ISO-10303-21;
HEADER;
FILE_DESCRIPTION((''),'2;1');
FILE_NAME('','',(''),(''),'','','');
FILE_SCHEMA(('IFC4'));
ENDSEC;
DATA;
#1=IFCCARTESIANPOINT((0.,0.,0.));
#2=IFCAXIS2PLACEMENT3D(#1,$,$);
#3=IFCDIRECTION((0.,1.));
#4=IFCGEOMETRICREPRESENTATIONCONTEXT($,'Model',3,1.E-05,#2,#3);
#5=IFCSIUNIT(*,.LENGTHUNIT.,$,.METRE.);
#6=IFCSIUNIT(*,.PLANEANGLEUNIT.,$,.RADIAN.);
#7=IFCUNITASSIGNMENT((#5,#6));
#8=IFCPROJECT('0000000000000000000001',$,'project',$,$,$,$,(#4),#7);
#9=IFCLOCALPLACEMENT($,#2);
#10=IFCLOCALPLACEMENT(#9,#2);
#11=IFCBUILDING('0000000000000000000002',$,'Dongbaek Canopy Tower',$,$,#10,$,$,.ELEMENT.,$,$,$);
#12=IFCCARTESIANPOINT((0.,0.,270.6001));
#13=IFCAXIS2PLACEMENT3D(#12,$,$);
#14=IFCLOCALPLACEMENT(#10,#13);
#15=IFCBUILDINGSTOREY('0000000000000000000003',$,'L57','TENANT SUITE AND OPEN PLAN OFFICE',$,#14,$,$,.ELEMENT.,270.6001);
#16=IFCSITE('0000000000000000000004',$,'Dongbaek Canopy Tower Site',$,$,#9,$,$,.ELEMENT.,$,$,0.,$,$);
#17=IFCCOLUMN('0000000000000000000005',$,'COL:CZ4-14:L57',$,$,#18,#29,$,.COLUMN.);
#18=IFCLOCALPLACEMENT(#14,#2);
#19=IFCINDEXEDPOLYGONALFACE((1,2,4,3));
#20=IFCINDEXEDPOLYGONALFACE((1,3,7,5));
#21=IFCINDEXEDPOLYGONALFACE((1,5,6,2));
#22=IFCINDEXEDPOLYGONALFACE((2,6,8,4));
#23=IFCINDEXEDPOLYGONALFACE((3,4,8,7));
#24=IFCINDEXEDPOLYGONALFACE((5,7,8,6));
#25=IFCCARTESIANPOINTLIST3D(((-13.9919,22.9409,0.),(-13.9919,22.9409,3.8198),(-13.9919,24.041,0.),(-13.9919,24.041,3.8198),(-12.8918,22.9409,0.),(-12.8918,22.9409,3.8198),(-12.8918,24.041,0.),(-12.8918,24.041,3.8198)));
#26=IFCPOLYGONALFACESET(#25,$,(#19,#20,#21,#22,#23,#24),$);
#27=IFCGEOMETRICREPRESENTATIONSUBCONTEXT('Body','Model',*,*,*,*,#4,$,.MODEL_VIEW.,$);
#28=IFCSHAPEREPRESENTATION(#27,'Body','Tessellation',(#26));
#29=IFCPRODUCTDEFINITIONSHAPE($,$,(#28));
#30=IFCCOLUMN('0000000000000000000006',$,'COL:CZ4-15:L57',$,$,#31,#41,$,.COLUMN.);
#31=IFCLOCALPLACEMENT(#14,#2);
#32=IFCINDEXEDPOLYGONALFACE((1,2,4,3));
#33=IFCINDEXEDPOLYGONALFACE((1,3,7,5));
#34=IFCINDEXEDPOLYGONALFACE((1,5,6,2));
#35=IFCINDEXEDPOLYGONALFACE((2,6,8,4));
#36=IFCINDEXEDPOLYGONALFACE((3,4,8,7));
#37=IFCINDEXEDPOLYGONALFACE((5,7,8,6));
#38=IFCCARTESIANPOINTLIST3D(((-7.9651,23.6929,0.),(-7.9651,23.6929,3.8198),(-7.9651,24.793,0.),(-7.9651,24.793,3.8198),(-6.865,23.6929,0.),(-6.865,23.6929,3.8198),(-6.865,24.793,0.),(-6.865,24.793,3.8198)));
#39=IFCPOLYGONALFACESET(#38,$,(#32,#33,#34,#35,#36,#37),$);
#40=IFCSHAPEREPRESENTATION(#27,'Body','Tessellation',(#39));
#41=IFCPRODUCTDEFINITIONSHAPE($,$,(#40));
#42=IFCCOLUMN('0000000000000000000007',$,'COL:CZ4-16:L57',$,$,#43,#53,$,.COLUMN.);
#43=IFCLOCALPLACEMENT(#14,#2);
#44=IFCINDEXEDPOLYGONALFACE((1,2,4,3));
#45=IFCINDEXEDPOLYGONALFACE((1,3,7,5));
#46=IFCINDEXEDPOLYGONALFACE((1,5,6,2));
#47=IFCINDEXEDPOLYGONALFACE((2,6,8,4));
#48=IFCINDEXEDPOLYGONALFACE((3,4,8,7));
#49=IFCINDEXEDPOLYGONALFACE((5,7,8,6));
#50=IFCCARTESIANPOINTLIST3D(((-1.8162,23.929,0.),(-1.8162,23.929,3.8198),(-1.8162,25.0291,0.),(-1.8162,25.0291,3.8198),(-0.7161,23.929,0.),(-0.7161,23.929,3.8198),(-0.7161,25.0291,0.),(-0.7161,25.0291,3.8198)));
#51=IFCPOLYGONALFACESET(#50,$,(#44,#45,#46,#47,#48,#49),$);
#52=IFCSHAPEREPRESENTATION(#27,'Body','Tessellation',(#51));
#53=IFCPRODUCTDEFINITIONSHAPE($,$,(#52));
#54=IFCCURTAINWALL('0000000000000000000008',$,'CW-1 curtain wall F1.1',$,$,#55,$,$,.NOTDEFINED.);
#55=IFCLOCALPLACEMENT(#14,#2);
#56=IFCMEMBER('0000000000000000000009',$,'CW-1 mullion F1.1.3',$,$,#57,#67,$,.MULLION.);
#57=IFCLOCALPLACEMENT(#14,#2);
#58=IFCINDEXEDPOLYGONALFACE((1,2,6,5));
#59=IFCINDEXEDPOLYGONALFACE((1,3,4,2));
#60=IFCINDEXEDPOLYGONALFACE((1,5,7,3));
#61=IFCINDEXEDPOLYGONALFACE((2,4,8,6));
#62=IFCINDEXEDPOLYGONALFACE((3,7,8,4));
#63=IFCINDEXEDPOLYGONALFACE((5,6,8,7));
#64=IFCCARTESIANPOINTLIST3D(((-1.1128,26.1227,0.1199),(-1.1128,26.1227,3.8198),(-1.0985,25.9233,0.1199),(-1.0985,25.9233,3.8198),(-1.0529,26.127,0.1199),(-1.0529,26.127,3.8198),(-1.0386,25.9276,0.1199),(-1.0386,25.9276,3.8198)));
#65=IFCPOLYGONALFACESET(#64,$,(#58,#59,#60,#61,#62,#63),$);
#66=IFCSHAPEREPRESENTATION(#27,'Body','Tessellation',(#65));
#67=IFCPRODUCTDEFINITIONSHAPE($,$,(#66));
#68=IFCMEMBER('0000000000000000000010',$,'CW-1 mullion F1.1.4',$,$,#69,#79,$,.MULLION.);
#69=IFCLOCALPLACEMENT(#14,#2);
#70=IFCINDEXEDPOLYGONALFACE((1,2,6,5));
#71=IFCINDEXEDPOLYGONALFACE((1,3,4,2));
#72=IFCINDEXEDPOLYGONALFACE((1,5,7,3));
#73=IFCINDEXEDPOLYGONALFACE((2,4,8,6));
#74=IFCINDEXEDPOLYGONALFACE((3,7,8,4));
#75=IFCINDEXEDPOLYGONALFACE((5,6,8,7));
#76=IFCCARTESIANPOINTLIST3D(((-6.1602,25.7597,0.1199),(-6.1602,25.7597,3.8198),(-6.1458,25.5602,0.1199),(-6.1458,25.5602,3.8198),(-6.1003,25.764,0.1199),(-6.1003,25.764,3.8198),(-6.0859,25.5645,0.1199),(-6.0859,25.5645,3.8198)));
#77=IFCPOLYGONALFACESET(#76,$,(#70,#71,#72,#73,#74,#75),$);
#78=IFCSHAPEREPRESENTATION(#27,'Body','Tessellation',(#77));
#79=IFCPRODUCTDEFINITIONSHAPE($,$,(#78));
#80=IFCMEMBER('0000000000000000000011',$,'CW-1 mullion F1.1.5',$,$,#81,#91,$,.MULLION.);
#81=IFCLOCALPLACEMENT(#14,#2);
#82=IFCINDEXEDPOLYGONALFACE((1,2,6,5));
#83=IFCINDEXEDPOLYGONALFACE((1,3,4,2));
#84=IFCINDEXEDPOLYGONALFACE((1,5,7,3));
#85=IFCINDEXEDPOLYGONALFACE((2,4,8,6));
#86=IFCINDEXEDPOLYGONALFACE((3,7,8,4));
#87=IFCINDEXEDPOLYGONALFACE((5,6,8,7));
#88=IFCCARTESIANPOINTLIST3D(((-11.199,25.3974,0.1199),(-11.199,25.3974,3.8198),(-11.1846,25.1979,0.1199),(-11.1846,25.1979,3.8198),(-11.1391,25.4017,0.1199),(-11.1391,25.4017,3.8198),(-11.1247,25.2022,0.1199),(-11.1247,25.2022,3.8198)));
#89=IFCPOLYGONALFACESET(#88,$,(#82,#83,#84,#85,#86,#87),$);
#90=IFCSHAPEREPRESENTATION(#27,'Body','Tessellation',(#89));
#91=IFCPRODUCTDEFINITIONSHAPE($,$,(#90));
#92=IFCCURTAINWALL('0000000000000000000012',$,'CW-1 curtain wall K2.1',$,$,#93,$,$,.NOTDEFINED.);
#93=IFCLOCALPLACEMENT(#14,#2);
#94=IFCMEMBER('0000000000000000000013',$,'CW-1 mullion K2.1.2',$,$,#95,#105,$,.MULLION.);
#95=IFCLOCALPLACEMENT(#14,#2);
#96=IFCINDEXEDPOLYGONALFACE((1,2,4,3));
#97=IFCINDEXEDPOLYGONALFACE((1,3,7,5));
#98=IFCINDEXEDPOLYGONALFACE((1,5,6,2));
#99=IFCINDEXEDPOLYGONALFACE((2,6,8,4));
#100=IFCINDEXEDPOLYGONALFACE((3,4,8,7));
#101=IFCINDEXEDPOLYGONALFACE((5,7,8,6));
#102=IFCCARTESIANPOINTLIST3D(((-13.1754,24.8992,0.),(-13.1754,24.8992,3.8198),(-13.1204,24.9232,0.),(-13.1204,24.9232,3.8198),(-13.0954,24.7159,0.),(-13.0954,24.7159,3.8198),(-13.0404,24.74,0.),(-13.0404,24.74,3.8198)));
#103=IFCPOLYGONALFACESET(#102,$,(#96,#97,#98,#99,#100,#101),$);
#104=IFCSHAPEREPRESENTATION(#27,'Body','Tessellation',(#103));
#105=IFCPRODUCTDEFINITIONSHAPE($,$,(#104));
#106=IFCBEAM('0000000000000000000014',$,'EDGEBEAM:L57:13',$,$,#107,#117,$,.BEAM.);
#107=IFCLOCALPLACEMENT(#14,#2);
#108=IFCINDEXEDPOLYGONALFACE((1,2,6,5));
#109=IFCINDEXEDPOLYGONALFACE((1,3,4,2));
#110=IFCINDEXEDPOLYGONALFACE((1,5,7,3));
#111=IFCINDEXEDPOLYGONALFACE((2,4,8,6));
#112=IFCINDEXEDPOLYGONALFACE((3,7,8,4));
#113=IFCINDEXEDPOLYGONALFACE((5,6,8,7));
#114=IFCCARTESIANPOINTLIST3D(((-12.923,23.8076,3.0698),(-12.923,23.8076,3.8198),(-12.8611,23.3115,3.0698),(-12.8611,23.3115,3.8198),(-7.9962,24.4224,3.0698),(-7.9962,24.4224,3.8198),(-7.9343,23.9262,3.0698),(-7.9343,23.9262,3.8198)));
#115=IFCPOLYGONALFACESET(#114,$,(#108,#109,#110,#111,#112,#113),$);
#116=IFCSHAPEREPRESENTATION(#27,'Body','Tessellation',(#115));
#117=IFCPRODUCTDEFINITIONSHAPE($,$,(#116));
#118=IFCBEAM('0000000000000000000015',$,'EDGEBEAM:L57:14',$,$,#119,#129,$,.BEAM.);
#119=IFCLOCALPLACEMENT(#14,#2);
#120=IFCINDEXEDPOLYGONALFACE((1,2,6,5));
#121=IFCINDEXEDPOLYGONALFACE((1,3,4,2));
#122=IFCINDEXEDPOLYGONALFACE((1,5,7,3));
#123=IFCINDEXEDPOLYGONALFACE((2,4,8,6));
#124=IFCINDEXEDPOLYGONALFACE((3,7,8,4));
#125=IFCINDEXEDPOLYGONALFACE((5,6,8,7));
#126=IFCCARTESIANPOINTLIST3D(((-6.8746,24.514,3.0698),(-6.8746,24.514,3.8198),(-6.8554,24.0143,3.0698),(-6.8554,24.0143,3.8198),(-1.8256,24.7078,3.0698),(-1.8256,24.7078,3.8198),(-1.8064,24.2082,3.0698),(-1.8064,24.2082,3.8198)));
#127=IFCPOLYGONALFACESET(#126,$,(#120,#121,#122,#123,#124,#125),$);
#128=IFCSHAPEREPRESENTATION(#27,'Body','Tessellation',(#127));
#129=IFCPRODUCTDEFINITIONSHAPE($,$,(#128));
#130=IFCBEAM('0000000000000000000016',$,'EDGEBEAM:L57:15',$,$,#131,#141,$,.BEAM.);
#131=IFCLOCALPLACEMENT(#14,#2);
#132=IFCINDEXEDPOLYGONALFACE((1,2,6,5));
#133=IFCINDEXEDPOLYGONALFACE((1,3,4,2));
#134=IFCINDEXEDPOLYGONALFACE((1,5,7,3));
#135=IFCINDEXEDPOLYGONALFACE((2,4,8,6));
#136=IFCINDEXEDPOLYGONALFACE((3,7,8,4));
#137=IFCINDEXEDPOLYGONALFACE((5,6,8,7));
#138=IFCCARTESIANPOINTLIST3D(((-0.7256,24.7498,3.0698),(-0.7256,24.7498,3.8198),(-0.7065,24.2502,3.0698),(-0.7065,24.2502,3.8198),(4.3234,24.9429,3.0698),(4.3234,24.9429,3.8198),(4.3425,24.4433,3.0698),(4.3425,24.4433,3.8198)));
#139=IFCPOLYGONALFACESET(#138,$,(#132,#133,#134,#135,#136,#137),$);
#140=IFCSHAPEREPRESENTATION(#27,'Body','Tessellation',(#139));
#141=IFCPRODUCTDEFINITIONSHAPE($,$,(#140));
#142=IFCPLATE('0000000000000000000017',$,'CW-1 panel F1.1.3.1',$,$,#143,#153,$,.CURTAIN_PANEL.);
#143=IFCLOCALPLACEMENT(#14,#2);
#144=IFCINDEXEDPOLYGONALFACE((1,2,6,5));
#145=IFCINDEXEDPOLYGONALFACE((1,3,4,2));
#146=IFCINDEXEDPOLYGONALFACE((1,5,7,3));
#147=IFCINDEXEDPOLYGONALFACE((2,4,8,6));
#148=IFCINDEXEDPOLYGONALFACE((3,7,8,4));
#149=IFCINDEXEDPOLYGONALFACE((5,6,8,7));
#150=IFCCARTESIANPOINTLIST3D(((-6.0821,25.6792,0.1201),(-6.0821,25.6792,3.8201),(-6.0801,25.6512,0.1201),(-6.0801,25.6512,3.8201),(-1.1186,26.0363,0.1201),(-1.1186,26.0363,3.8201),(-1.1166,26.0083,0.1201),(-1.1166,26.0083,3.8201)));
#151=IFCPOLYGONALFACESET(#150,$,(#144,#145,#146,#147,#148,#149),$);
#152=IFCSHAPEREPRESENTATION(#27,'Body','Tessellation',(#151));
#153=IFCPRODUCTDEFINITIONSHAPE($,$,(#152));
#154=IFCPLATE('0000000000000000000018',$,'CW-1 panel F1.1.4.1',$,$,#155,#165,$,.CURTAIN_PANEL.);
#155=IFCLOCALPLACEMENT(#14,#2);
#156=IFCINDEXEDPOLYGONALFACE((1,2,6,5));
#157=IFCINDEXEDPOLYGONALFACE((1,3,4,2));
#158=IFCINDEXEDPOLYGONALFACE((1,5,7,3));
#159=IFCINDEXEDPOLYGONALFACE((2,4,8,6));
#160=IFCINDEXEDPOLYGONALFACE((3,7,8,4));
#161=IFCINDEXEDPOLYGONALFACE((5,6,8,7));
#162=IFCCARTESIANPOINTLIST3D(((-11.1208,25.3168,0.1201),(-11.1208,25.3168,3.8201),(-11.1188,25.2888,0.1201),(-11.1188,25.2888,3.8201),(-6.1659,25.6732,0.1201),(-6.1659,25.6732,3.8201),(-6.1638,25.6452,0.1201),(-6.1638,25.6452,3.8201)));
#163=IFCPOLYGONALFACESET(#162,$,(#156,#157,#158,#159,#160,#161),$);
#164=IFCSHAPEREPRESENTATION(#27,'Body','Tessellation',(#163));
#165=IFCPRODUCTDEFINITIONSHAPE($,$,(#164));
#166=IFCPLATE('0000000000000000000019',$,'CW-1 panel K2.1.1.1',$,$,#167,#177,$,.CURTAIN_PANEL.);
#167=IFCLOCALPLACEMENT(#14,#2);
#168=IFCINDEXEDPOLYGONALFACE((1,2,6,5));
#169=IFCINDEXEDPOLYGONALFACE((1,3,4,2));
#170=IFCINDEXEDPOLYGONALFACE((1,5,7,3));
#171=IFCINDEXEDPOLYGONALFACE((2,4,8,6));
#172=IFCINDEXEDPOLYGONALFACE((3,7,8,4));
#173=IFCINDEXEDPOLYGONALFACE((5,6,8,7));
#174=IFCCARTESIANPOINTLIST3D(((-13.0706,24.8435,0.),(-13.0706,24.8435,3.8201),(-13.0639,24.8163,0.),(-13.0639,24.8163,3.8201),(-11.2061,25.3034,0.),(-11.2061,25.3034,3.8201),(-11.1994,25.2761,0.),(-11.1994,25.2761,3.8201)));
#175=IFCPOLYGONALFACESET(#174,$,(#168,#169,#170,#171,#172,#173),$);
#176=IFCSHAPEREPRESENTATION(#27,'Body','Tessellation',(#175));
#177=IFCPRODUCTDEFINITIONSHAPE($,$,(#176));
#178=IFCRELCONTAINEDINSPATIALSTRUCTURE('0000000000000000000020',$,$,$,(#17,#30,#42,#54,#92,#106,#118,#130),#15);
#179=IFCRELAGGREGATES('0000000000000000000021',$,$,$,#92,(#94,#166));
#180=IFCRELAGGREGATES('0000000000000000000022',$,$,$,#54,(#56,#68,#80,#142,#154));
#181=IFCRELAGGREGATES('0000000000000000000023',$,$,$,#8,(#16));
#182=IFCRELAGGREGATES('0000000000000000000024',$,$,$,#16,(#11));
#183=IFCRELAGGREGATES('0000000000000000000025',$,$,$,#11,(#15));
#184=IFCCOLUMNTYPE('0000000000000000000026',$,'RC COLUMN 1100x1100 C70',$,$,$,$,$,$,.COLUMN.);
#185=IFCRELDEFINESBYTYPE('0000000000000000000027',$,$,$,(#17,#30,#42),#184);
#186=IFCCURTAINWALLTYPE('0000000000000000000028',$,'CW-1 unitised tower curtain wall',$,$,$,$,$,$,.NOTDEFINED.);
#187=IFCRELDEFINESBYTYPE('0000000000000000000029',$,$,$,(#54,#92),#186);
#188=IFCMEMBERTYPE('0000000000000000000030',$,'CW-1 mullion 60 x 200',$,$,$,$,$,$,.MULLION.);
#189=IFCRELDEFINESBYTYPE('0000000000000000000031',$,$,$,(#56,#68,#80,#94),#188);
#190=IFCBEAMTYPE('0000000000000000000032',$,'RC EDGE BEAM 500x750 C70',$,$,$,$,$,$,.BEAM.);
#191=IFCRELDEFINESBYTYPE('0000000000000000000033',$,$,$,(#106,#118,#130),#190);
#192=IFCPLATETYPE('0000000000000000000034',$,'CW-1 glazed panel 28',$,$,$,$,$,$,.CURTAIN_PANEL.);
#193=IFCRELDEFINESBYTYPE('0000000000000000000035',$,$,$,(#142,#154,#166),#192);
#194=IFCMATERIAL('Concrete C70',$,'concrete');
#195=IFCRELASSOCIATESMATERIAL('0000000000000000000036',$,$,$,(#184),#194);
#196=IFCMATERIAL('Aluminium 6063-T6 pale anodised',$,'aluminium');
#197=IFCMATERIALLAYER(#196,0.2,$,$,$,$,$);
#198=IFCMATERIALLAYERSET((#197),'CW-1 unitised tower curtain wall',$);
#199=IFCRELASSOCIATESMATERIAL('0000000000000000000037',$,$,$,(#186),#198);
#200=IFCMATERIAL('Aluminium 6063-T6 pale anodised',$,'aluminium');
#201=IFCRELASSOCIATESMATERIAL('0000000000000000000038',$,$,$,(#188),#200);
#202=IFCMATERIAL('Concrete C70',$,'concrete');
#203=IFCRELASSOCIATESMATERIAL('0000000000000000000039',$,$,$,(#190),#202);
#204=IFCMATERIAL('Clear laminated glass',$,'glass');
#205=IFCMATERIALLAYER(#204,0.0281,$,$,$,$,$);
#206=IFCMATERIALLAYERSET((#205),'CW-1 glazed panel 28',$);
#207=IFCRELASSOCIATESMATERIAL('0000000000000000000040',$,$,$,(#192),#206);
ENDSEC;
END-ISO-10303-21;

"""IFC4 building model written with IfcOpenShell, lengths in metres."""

from ifc_helpers import new_model, si_unit, direction, frame, origin, origin_2d, place, context, subcontext, project, spatial, rectangle, extrude, material, layer, layer_set, material_profile, profile_set, type_object, element, aggregate, save


model = new_model("IFC4")

# Units and contexts
model_context = context("Model", 3, precision=1e-05, world=origin(), true_north=direction((0.0, 1.0)))
body_context = subcontext(model_context, "Body", "Model", "MODEL_VIEW")
ifc_project = project(units=[si_unit("LENGTHUNIT", "METRE"), si_unit("PLANEANGLEUNIT", "RADIAN")], contexts=[model_context])

# Site, building, storey
site_placement = place(None, origin())
site = spatial("IfcSite", under=ifc_project, at=site_placement, Name="Dongbaek Canopy Tower Site", CompositionType="ELEMENT", RefElevation=0.0)
building_placement = place(site_placement, origin())
building = spatial("IfcBuilding", under=site, at=building_placement, Name="Dongbaek Canopy Tower", CompositionType="ELEMENT")
storey_placement = place(building_placement, frame((0.0, 0.0, 270.6001)))
storey = spatial("IfcBuildingStorey", under=building, at=storey_placement, Name="L57", Description="TENANT SUITE AND OPEN PLAN OFFICE", CompositionType="ELEMENT", Elevation=270.6001)

# Columns
ifc_material_1 = material(Name="Concrete C70", Category="concrete")
ifc_material_profile_1 = material_profile(ifc_material_1, rectangle(XDim=1.1001, YDim=1.1001, at=origin_2d()), Name="RC COLUMN 1100x1100 C70")
ifc_profile_set_1 = profile_set([ifc_material_profile_1], Name="Concrete C70")
column_type = type_object("IfcColumnType", Name="RC COLUMN 1100x1100 C70", PredefinedType="COLUMN", material=ifc_profile_set_1)
for number, where, z_axis, x_axis, name in (
    (1, (-13.4419, 23.491, 0.0), (0.0, 0.0, 1.0), (1.0, 0.0, 0.0), "COL:CZ4-14:L57"),
    (2, (-7.415, 24.2429, 0.0), (0.0, 0.0, 1.0), (1.0, 0.0, 0.0), "COL:CZ4-15:L57"),
    (3, (-1.2661, 24.479, 0.0), (0.0, 0.0, 1.0), (1.0, 0.0, 0.0), "COL:CZ4-16:L57"),
):
    element("IfcColumn", number, at=place(storey_placement, frame(where, z_axis=z_axis, x_axis=x_axis)), inside=storey, type_object=column_type, Name=name, PredefinedType="COLUMN", context=body_context, shape_type="SweptSolid", body=[
        extrude(rectangle(XDim=1.1001, YDim=1.1001, at=origin_2d()), origin(), (0.0, 0.0, 1.0), 3.8198),
    ])

# Curtain wall, members
ifc_material_2 = material(Name="Aluminium 6063-T6 pale anodised", Category="aluminium")
ifc_layer_1 = layer(ifc_material_2, 0.2)
ifc_layer_set_1 = layer_set([ifc_layer_1], Name="CW-1 unitised tower curtain wall")
curtain_wall_type = type_object("IfcCurtainWallType", Name="CW-1 unitised tower curtain wall", PredefinedType="NOTDEFINED", material=ifc_layer_set_1)
curtain_wall_1_placement = place(storey_placement, origin())
curtain_wall_1 = element("IfcCurtainWall", 4, at=curtain_wall_1_placement, inside=storey, type_object=curtain_wall_type, Name="CW-1 curtain wall F1.1", PredefinedType="NOTDEFINED")
ifc_material_3 = material(Name="Aluminium 6063-T6 pale anodised", Category="aluminium")
ifc_material_profile_2 = material_profile(ifc_material_3, rectangle(XDim=0.2, YDim=0.0601, at=origin_2d()), Name="CW-1 mullion 60 x 200")
ifc_profile_set_2 = profile_set([ifc_material_profile_2], Name="Aluminium 6063-T6 pale anodised")
member_type = type_object("IfcMemberType", Name="CW-1 mullion 60 x 200", PredefinedType="MULLION", material=ifc_profile_set_2)
member_1_placement = place(storey_placement, frame((-1.0757, 26.0251, 0.1199), z_axis=(0.0, 0.0, 1.0), x_axis=(-0.071744, 0.997423, 0.0)))
member_1 = element("IfcMember", 5, at=member_1_placement, type_object=member_type, Name="CW-1 mullion F1.1.3", PredefinedType="MULLION", context=body_context, shape_type="SweptSolid", body=[
    extrude(rectangle(XDim=0.2, YDim=0.0601, at=origin_2d()), origin(), (0.0, 0.0, 1.0), 3.7),
])
member_2_placement = place(storey_placement, frame((-6.123, 25.6621, 0.1199), z_axis=(0.0, 0.0, 1.0), x_axis=(-0.071744, 0.997423, 0.0)))
member_2 = element("IfcMember", 6, at=member_2_placement, type_object=member_type, Name="CW-1 mullion F1.1.4", PredefinedType="MULLION", context=body_context, shape_type="SweptSolid", body=[
    extrude(rectangle(XDim=0.2, YDim=0.0601, at=origin_2d()), origin(), (0.0, 0.0, 1.0), 3.7),
])
member_3_placement = place(storey_placement, frame((-11.1619, 25.2998, 0.1199), z_axis=(0.0, 0.0, 1.0), x_axis=(-0.071744, 0.997423, 0.0)))
member_3 = element("IfcMember", 7, at=member_3_placement, type_object=member_type, Name="CW-1 mullion F1.1.5", PredefinedType="MULLION", context=body_context, shape_type="SweptSolid", body=[
    extrude(rectangle(XDim=0.2, YDim=0.0601, at=origin_2d()), origin(), (0.0, 0.0, 1.0), 3.7),
])

# Curtain wall, member
curtain_wall_2_placement = place(storey_placement, origin())
curtain_wall_2 = element("IfcCurtainWall", 8, at=curtain_wall_2_placement, inside=storey, type_object=curtain_wall_type, Name="CW-1 curtain wall K2.1", PredefinedType="NOTDEFINED")
member_4_placement = place(storey_placement, frame((-13.1079, 24.8196, 0.0), z_axis=(0.0, 0.0, 1.0), x_axis=(-0.400266, 0.916399, 0.0)))
member_4 = element("IfcMember", 9, at=member_4_placement, type_object=member_type, Name="CW-1 mullion K2.1.2", PredefinedType="MULLION", context=body_context, shape_type="SweptSolid", body=[
    extrude(rectangle(XDim=0.2, YDim=0.0601, at=origin_2d()), origin(), (0.0, 0.0, 1.0), 3.8198),
])

# Beams
ifc_material_4 = material(Name="Concrete C70", Category="concrete")
ifc_material_profile_3 = material_profile(ifc_material_4, rectangle(XDim=0.5, YDim=0.75, at=origin_2d()), Name="RC EDGE BEAM 500x750 C70")
ifc_profile_set_3 = profile_set([ifc_material_profile_3], Name="Concrete C70")
beam_type = type_object("IfcBeamType", Name="RC EDGE BEAM 500x750 C70", PredefinedType="BEAM", material=ifc_profile_set_3)
beam_placement = place(storey_placement, frame((-12.8921, 23.5596, 3.4448), z_axis=(0.992306, 0.123811, 0.0), x_axis=(-0.123811, 0.992306, 0.0)))
element("IfcBeam", 10, at=beam_placement, inside=storey, type_object=beam_type, Name="EDGEBEAM:L57:13", PredefinedType="BEAM", context=body_context, shape_type="SweptSolid", body=[
    extrude(rectangle(XDim=0.5, YDim=0.75, at=origin_2d()), origin(), (0.0, 0.0, 1.0), 4.9651),
])
for number, where, z_axis, x_axis, name in (
    (11, (-6.865, 24.2642, 3.4448), (0.999264, 0.038364, 0.0), (-0.038364, 0.999264, 0.0), "EDGEBEAM:L57:14"),
    (12, (-0.7161, 24.5, 3.4448), (0.999269, 0.03822, 0.0), (-0.03822, 0.999269, 0.0), "EDGEBEAM:L57:15"),
):
    element("IfcBeam", number, at=place(storey_placement, frame(where, z_axis=z_axis, x_axis=x_axis)), inside=storey, type_object=beam_type, Name=name, PredefinedType="BEAM", context=body_context, shape_type="SweptSolid", body=[
        extrude(rectangle(XDim=0.5, YDim=0.75, at=origin_2d()), origin(), (0.0, 0.0, 1.0), 5.0527),
    ])

# Plates
ifc_material_5 = material(Name="Clear laminated glass", Category="glass")
ifc_layer_2 = layer(ifc_material_5, 0.0281)
ifc_layer_set_2 = layer_set([ifc_layer_2], Name="CW-1 glazed panel 28")
plate_type = type_object("IfcPlateType", Name="CW-1 glazed panel 28", PredefinedType="CURTAIN_PANEL", material=ifc_layer_set_2)
plate_1_placement = place(storey_placement, frame((-3.5994, 25.8438, 0.1201), z_axis=(0.0, 0.0, 1.0), x_axis=(-0.997423, -0.071744, 0.0)))
plate_1 = element("IfcPlate", 13, at=plate_1_placement, type_object=plate_type, Name="CW-1 panel F1.1.3.1", PredefinedType="CURTAIN_PANEL", context=body_context, shape_type="SweptSolid", body=[
    extrude(rectangle(XDim=4.9763, YDim=0.0281, at=origin_2d()), origin(), (0.0, 0.0, 1.0), 3.7),
])
plate_2_placement = place(storey_placement, frame((-8.6423, 25.481, 0.1201), z_axis=(0.0, 0.0, 1.0), x_axis=(-0.997423, -0.071744, 0.0)))
plate_2 = element("IfcPlate", 14, at=plate_2_placement, type_object=plate_type, Name="CW-1 panel F1.1.4.1", PredefinedType="CURTAIN_PANEL", context=body_context, shape_type="SweptSolid", body=[
    extrude(rectangle(XDim=4.9678, YDim=0.0281, at=origin_2d()), origin(), (0.0, 0.0, 1.0), 3.7),
])
plate_3_placement = place(storey_placement, frame((-12.135, 25.0598, 0.0), z_axis=(0.0, 0.0, 1.0), x_axis=(-0.970907, -0.239457, 0.0)))
plate_3 = element("IfcPlate", 15, at=plate_3_placement, type_object=plate_type, Name="CW-1 panel K2.1.1.1", PredefinedType="CURTAIN_PANEL", context=body_context, shape_type="SweptSolid", body=[
    extrude(rectangle(XDim=1.9204, YDim=0.0281, at=origin_2d()), origin(), (0.0, 0.0, 1.0), 3.8201),
])
aggregate(curtain_wall_2, [member_4, plate_3])

aggregate(curtain_wall_1, [member_1, member_2, member_3, plate_1, plate_2])

save(model, "model.ifc")
